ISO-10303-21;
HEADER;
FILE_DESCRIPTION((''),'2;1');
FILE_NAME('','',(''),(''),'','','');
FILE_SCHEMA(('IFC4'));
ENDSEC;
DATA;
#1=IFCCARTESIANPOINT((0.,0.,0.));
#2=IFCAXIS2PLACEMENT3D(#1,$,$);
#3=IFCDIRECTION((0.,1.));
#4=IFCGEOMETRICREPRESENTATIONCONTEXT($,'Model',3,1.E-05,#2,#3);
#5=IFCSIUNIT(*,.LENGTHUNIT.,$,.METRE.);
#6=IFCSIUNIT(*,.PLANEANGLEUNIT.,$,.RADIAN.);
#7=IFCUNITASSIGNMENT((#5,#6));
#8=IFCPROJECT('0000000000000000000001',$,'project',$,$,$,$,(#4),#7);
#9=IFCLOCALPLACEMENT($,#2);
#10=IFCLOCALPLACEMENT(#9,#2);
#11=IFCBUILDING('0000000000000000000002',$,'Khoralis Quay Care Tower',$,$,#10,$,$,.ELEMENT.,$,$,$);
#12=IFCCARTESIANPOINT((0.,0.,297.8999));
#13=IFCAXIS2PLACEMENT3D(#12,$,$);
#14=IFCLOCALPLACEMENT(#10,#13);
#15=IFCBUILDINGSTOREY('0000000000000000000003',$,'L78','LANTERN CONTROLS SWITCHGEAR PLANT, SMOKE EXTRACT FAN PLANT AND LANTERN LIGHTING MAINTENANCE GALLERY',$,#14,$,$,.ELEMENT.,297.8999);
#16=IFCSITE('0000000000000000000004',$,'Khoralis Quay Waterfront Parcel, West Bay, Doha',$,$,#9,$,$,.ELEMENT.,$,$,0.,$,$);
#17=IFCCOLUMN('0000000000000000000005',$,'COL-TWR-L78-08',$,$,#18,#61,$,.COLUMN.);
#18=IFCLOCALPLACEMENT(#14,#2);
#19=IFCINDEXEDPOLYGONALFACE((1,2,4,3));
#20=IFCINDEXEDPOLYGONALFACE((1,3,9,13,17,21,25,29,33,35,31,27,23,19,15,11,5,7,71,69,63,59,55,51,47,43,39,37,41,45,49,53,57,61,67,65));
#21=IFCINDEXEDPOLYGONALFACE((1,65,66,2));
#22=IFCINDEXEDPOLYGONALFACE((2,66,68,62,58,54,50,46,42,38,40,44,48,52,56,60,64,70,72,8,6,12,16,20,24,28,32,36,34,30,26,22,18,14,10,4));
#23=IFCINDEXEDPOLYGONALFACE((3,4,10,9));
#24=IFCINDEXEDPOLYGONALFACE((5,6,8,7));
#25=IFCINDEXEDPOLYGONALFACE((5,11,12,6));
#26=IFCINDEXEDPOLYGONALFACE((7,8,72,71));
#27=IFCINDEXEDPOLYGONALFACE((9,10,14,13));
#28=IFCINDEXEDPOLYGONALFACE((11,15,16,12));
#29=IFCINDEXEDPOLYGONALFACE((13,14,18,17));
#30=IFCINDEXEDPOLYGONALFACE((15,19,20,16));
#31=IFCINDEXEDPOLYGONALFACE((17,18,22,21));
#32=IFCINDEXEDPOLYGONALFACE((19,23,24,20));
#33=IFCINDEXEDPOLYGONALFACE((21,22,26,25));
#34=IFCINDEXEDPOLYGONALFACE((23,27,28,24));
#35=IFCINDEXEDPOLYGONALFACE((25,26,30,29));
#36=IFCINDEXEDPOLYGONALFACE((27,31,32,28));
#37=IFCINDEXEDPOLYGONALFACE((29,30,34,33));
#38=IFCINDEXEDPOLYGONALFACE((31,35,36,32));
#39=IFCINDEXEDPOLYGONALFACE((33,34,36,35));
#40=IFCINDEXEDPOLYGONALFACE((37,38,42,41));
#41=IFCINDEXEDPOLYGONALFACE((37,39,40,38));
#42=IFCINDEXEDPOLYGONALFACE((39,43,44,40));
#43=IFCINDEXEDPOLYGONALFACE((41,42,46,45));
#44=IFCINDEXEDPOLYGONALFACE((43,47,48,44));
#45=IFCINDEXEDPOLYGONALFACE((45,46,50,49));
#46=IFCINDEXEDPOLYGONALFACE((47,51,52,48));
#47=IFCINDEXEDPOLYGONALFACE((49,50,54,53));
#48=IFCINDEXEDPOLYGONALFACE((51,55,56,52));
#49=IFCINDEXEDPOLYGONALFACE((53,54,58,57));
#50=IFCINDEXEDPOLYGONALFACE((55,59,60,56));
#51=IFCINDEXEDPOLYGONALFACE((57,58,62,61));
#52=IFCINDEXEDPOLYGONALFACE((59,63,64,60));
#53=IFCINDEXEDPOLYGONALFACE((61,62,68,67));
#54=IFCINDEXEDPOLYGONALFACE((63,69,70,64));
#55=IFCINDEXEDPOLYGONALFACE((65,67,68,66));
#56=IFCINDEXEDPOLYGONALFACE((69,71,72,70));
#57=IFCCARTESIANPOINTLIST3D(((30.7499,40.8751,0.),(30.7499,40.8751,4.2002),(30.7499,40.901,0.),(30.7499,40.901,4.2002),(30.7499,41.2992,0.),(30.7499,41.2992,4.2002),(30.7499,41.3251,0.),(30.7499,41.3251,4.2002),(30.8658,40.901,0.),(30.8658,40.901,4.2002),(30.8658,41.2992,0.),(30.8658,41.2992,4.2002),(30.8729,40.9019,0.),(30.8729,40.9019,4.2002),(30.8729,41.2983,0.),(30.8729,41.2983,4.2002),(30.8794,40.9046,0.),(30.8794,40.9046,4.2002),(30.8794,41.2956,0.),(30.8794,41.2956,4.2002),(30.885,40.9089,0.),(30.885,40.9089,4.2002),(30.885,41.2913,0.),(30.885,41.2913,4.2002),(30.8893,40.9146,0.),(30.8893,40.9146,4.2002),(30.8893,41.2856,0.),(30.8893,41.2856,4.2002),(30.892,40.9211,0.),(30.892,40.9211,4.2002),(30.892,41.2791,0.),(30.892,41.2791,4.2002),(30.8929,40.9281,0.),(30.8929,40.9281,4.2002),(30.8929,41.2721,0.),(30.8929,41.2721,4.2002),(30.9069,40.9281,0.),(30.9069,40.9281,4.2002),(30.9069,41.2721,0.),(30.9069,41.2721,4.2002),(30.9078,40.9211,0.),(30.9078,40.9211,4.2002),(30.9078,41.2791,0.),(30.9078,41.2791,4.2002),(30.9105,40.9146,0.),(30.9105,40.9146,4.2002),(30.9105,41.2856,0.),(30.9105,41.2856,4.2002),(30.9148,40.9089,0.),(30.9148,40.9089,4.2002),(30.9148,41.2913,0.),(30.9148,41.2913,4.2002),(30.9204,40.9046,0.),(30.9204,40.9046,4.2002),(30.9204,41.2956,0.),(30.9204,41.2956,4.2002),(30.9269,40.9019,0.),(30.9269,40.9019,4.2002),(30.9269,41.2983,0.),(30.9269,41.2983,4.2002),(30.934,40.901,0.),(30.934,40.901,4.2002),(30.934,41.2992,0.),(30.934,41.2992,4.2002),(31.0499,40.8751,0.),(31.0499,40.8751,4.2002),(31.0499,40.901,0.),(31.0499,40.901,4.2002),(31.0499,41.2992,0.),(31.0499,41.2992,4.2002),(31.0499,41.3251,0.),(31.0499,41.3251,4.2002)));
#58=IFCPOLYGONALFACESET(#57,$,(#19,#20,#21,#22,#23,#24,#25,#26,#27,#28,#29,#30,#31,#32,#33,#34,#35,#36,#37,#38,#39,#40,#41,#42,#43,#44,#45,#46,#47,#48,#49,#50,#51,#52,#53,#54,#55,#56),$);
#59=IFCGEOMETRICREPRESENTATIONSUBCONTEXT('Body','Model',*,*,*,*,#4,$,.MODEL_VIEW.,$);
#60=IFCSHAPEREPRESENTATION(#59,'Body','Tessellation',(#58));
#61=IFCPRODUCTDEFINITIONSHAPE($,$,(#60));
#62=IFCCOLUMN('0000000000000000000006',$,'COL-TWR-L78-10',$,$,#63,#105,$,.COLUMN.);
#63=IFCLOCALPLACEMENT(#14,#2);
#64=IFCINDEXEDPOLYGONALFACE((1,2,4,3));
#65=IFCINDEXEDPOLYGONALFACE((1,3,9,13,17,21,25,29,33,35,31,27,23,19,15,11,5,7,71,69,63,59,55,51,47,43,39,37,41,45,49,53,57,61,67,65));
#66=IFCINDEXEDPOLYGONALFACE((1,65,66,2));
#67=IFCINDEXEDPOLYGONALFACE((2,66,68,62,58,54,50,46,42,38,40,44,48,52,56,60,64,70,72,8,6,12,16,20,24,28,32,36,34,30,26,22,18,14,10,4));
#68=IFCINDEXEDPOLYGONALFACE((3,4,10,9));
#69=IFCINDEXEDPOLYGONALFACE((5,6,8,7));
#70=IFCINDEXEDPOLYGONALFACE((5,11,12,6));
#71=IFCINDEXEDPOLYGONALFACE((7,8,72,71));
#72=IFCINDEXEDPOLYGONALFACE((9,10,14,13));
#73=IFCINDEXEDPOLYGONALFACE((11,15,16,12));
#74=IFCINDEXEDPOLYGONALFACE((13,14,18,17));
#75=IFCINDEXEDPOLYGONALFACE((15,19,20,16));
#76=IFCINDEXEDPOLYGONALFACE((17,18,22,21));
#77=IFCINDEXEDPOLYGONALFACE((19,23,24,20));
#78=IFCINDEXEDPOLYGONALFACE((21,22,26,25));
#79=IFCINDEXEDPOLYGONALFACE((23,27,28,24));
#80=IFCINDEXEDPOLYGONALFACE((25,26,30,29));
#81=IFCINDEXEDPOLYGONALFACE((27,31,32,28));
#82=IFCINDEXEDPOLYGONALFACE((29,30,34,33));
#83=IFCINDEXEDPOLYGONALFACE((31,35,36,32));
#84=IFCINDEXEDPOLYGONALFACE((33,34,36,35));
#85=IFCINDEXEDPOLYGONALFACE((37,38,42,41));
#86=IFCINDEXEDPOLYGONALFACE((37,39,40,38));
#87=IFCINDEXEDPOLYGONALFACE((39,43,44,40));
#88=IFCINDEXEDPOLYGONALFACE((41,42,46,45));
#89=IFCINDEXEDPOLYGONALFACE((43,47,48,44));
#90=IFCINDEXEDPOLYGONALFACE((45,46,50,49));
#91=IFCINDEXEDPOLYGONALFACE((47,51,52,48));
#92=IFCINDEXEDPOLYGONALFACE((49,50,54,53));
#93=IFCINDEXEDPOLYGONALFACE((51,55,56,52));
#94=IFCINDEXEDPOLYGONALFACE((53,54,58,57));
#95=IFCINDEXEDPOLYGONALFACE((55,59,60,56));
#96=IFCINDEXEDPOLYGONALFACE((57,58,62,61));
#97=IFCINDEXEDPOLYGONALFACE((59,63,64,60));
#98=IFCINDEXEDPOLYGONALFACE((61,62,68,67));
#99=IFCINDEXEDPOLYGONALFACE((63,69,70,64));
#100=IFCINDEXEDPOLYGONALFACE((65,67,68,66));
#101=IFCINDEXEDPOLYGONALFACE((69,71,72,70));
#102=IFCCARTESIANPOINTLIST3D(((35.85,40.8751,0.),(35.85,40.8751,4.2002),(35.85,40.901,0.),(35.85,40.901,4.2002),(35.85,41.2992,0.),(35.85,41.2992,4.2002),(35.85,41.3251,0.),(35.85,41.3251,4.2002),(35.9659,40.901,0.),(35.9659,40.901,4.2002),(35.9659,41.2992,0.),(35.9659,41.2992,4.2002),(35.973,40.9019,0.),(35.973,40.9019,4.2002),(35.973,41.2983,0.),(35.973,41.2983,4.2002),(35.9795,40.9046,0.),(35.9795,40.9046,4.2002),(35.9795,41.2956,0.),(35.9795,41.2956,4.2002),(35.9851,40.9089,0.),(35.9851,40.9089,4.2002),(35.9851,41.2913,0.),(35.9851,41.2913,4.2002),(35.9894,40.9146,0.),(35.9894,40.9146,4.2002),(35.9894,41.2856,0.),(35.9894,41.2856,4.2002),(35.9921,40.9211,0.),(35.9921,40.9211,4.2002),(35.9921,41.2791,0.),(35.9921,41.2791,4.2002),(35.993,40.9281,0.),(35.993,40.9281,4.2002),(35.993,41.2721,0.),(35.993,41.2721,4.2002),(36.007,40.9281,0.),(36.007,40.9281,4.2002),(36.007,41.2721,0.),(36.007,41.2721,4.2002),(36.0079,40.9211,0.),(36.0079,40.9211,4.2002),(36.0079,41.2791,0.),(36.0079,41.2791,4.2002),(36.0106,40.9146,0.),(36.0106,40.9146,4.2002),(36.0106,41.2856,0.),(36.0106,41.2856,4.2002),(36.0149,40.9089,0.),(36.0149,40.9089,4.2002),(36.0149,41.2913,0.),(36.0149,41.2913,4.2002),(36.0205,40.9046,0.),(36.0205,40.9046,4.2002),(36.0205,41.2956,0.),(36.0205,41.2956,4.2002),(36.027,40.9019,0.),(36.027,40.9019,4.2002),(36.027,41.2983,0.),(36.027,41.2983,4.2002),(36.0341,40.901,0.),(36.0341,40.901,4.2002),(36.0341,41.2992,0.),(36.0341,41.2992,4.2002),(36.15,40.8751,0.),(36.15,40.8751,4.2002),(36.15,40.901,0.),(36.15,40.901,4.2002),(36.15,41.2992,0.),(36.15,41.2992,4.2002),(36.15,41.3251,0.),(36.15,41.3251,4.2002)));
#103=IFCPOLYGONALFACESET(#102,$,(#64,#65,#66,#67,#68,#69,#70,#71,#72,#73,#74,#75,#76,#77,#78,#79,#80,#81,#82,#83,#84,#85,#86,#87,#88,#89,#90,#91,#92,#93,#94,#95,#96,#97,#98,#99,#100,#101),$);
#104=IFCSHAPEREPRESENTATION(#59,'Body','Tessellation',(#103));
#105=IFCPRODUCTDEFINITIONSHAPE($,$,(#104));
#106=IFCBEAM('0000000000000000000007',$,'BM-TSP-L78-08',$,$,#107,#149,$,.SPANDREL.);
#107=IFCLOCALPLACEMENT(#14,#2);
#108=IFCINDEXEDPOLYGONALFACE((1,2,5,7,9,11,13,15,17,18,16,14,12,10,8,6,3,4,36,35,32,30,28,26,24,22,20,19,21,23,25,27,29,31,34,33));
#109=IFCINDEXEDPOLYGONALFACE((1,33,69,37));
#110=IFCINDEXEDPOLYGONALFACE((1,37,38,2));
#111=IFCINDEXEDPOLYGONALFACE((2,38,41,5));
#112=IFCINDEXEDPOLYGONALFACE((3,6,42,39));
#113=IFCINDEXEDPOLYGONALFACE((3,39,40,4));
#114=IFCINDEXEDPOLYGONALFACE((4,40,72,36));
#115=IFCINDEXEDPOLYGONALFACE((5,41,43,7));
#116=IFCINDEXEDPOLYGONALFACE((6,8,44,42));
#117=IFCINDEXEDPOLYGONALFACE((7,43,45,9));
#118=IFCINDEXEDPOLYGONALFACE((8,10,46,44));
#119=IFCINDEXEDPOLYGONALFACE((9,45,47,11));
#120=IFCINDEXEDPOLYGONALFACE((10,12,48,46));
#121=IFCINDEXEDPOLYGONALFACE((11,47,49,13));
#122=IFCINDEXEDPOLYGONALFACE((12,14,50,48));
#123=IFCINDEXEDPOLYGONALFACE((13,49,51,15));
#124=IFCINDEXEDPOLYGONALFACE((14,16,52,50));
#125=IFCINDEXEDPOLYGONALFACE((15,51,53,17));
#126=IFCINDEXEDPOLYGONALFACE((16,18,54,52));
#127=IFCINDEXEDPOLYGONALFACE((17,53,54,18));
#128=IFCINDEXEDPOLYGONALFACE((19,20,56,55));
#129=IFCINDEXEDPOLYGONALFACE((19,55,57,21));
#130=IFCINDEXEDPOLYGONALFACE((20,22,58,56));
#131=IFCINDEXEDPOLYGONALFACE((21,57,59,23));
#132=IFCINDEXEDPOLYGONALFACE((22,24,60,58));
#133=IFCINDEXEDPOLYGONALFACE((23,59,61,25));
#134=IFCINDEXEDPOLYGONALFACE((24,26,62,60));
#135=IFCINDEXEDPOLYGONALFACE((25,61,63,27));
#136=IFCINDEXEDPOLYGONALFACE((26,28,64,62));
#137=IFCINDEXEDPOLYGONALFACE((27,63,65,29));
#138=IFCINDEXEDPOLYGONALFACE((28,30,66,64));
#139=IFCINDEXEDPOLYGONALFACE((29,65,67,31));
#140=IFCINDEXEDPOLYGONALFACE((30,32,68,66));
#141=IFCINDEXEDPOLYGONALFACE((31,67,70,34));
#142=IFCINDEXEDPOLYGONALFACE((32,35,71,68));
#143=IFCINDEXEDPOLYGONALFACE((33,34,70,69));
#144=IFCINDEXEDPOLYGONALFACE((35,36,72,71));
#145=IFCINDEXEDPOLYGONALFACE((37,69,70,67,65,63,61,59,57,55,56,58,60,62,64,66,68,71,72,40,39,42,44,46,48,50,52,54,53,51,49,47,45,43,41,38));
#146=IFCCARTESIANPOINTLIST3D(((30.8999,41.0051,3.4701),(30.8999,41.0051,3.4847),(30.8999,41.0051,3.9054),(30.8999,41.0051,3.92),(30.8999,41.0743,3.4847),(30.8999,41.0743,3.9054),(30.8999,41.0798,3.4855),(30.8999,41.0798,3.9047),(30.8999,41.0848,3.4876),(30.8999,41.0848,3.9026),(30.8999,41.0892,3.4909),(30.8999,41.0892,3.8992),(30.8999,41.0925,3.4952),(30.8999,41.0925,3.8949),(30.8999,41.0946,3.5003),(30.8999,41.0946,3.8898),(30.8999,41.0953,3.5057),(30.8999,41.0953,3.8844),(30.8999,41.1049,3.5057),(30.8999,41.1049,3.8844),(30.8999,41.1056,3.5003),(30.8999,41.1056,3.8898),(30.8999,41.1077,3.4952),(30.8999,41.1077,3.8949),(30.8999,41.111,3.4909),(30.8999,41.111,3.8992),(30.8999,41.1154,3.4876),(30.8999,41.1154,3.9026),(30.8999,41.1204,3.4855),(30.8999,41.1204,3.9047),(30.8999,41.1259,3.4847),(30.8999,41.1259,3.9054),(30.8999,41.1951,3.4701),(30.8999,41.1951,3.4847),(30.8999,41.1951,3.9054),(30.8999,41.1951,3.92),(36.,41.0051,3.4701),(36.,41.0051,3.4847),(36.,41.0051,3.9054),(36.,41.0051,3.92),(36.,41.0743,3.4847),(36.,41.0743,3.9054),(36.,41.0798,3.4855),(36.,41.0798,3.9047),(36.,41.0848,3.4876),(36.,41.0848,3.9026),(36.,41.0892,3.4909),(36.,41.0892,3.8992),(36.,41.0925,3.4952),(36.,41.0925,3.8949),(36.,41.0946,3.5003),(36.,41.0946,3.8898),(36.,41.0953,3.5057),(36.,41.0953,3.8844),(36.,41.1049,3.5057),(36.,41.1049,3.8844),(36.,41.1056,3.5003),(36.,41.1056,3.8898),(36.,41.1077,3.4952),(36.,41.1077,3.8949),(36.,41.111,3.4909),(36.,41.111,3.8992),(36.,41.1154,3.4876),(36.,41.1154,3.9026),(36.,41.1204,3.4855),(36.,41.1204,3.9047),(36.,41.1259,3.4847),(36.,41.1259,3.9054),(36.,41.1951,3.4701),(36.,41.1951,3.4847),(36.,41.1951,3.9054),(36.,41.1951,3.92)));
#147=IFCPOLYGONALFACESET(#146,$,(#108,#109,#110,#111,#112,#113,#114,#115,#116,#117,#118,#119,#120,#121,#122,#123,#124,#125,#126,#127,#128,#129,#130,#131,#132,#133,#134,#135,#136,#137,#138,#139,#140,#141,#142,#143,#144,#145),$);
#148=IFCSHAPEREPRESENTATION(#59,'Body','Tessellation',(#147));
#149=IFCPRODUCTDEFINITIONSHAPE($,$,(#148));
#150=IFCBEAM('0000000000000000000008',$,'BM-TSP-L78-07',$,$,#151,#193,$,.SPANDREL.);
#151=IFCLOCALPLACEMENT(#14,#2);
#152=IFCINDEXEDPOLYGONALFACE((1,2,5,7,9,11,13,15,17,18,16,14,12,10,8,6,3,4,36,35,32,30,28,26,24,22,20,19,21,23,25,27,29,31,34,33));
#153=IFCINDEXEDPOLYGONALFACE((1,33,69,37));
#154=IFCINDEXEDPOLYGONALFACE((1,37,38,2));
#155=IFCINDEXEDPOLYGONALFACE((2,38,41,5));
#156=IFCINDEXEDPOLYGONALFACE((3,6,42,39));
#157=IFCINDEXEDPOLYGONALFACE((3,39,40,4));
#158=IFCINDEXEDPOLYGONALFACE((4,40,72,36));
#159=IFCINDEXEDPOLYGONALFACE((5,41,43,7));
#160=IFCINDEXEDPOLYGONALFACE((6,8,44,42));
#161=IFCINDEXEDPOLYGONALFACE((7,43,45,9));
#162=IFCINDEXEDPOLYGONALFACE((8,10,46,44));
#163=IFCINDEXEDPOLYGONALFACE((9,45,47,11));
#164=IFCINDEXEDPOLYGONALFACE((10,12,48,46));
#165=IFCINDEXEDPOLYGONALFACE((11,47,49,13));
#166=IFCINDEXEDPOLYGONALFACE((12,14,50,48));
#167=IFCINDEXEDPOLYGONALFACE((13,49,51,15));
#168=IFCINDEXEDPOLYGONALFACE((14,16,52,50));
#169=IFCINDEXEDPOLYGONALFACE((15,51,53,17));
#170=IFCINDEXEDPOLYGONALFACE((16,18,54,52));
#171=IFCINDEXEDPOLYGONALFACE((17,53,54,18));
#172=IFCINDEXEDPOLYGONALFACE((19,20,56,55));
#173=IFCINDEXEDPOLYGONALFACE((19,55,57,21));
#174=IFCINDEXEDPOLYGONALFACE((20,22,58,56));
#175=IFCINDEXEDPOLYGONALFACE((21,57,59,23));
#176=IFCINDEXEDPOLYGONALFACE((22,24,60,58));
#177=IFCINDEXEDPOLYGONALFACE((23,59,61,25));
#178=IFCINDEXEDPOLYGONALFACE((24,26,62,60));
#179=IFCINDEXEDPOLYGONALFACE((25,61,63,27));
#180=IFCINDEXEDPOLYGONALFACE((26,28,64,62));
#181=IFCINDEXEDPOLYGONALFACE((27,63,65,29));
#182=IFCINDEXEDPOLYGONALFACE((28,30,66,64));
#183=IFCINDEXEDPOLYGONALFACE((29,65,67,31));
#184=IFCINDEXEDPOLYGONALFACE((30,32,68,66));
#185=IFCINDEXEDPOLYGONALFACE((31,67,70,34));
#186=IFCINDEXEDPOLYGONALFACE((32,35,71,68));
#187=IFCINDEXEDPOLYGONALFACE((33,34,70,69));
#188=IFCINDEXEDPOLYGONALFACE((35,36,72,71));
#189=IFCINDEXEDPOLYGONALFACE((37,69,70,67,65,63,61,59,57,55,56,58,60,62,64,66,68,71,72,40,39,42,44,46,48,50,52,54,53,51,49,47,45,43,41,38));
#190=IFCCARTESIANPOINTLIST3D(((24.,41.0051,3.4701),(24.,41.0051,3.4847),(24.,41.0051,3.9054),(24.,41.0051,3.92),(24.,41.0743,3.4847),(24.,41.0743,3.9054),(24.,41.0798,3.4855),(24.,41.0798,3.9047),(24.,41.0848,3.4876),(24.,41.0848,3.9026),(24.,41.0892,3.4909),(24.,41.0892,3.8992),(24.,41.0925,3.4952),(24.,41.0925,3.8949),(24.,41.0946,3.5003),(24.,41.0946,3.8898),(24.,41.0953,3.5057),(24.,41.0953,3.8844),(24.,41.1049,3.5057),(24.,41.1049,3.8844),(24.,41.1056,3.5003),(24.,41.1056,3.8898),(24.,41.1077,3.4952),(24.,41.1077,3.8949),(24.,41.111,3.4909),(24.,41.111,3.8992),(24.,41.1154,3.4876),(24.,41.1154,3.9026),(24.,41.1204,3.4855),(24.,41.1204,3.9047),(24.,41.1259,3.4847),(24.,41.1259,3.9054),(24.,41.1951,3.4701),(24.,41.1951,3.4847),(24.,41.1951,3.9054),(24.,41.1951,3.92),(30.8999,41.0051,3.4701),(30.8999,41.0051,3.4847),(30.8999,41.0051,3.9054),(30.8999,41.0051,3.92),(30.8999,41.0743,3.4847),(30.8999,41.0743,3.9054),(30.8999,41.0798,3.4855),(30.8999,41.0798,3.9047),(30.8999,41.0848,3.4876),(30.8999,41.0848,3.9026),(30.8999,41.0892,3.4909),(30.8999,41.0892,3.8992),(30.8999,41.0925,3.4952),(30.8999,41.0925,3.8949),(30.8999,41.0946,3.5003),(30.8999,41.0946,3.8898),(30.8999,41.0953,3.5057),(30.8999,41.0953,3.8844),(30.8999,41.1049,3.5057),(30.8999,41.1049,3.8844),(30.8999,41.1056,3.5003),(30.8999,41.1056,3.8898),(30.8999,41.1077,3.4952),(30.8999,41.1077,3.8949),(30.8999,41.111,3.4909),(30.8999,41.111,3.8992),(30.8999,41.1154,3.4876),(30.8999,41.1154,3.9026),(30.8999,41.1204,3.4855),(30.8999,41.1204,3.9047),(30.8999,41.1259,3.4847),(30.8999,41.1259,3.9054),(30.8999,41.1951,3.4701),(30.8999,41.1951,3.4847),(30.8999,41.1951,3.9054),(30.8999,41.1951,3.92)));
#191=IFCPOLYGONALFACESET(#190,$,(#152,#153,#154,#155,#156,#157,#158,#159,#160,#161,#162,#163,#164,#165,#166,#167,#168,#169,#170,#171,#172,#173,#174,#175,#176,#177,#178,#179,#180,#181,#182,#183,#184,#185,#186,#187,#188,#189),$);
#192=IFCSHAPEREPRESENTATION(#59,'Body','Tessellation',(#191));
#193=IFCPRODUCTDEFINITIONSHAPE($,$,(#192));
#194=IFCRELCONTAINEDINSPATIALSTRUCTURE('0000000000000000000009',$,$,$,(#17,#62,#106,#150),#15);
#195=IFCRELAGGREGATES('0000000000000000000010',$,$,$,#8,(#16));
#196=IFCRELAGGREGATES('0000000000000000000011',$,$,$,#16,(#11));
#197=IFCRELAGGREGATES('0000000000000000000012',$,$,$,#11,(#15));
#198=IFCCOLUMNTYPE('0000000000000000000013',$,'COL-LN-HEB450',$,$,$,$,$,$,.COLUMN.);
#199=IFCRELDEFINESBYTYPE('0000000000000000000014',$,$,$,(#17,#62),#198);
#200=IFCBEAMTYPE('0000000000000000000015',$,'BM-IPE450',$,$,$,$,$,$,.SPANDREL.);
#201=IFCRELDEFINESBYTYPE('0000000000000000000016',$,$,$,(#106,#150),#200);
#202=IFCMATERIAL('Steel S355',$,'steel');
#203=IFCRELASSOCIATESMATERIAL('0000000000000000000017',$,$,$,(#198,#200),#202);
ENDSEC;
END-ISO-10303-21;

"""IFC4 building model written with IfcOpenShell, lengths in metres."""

from ifc_helpers import new_model, si_unit, direction, frame, origin, origin_2d, place, context, subcontext, project, spatial, i_section, extrude, source, transform, mapped, material, material_profile, profile_set, type_object, element, save


model = new_model("IFC4")

# Units and contexts
model_context = context("Model", 3, precision=1e-05, world=origin(), true_north=direction((0.0, 1.0)))
body_context = subcontext(model_context, "Body", "Model", "MODEL_VIEW")
ifc_project = project(units=[si_unit("LENGTHUNIT", "METRE"), si_unit("PLANEANGLEUNIT", "RADIAN")], contexts=[model_context])

# Site, building, storey
site_placement = place(None, origin())
site = spatial("IfcSite", under=ifc_project, at=site_placement, Name="Khoralis Quay Waterfront Parcel, West Bay, Doha", CompositionType="ELEMENT", RefElevation=0.0)
building_placement = place(site_placement, origin())
building = spatial("IfcBuilding", under=site, at=building_placement, Name="Khoralis Quay Care Tower", CompositionType="ELEMENT")
storey_placement = place(building_placement, frame((0.0, 0.0, 297.8999)))
storey = spatial("IfcBuildingStorey", under=building, at=storey_placement, Name="L78", Description="LANTERN CONTROLS SWITCHGEAR PLANT, SMOKE EXTRACT FAN PLANT AND LANTERN LIGHTING MAINTENANCE GALLERY", CompositionType="ELEMENT", Elevation=297.8999)

# Columns
ifc_material_1 = material(Name="Steel S355", Category="steel")
ifc_material_profile_1 = material_profile(ifc_material_1, i_section(OverallWidth=0.3, OverallDepth=0.45, WebThickness=0.0139, FlangeThickness=0.0259, FilletRadius=0.0271, at=origin_2d()), Name="Steel S355")
ifc_profile_set_1 = profile_set([ifc_material_profile_1], Name="Steel S355")
column_type = type_object("IfcColumnType", Name="COL-LN-HEB450", PredefinedType="COLUMN", material=ifc_profile_set_1)
shared_shape_1 = source(origin(), body_context, "Body", "SweptSolid", [
    extrude(i_section(OverallWidth=0.3, OverallDepth=0.45, WebThickness=0.0139, FlangeThickness=0.0259, FilletRadius=0.0271, at=origin_2d()), origin(), (0.0, 0.0, 1.0), 4.2002),
])
for number, where, z_axis, x_axis, name in (
    (1, (30.8999, 41.1001, 0.0), (0.0, 0.0, 1.0), (1.0, 0.0, 0.0), "COL-TWR-L78-08"),
    (2, (36.0, 41.1001, 0.0), (0.0, 0.0, 1.0), (1.0, 0.0, 0.0), "COL-TWR-L78-10"),
):
    element("IfcColumn", number, at=place(storey_placement, frame(where, z_axis=z_axis, x_axis=x_axis)), inside=storey, type_object=column_type, Name=name, PredefinedType="COLUMN", context=body_context, shape_type="MappedRepresentation", body=[
        mapped(shared_shape_1, transform((0.0, 0.0, 0.0), scale=1.0)),
    ])

# Beams
ifc_material_profile_2 = material_profile(ifc_material_1, i_section(OverallWidth=0.1899, OverallDepth=0.45, WebThickness=0.0095, FlangeThickness=0.0146, FilletRadius=0.021, at=origin_2d()), Name="Steel S355")
ifc_profile_set_2 = profile_set([ifc_material_profile_2], Name="Steel S355")
beam_type = type_object("IfcBeamType", Name="BM-IPE450", PredefinedType="SPANDREL", material=ifc_profile_set_2)
shared_shape_2 = source(origin(), body_context, "Body", "SweptSolid", [
    extrude(i_section(OverallWidth=0.1899, OverallDepth=0.45, WebThickness=0.0095, FlangeThickness=0.0146, FilletRadius=0.021, at=origin_2d()), origin(), (0.0, 0.0, 1.0), 5.1001),
])
beam_1_placement = place(storey_placement, frame((30.8999, 41.1001, 3.6951), z_axis=(1.0, 0.0, 0.0), x_axis=(0.0, 1.0, 0.0)))
element("IfcBeam", 3, at=beam_1_placement, inside=storey, type_object=beam_type, Name="BM-TSP-L78-08", PredefinedType="SPANDREL", context=body_context, shape_type="MappedRepresentation", body=[
    mapped(shared_shape_2, transform((0.0, 0.0, 0.0), scale=1.0)),
])
shared_shape_3 = source(origin(), body_context, "Body", "SweptSolid", [
    extrude(i_section(OverallWidth=0.1899, OverallDepth=0.45, WebThickness=0.0095, FlangeThickness=0.0146, FilletRadius=0.021, at=origin_2d()), origin(), (0.0, 0.0, 1.0), 6.8999),
])
beam_2_placement = place(storey_placement, frame((24.0, 41.1001, 3.6951), z_axis=(1.0, 0.0, 0.0), x_axis=(0.0, 1.0, 0.0)))
element("IfcBeam", 4, at=beam_2_placement, inside=storey, type_object=beam_type, Name="BM-TSP-L78-07", PredefinedType="SPANDREL", context=body_context, shape_type="MappedRepresentation", body=[
    mapped(shared_shape_3, transform((0.0, 0.0, 0.0), scale=1.0)),
])

save(model, "model.ifc")
